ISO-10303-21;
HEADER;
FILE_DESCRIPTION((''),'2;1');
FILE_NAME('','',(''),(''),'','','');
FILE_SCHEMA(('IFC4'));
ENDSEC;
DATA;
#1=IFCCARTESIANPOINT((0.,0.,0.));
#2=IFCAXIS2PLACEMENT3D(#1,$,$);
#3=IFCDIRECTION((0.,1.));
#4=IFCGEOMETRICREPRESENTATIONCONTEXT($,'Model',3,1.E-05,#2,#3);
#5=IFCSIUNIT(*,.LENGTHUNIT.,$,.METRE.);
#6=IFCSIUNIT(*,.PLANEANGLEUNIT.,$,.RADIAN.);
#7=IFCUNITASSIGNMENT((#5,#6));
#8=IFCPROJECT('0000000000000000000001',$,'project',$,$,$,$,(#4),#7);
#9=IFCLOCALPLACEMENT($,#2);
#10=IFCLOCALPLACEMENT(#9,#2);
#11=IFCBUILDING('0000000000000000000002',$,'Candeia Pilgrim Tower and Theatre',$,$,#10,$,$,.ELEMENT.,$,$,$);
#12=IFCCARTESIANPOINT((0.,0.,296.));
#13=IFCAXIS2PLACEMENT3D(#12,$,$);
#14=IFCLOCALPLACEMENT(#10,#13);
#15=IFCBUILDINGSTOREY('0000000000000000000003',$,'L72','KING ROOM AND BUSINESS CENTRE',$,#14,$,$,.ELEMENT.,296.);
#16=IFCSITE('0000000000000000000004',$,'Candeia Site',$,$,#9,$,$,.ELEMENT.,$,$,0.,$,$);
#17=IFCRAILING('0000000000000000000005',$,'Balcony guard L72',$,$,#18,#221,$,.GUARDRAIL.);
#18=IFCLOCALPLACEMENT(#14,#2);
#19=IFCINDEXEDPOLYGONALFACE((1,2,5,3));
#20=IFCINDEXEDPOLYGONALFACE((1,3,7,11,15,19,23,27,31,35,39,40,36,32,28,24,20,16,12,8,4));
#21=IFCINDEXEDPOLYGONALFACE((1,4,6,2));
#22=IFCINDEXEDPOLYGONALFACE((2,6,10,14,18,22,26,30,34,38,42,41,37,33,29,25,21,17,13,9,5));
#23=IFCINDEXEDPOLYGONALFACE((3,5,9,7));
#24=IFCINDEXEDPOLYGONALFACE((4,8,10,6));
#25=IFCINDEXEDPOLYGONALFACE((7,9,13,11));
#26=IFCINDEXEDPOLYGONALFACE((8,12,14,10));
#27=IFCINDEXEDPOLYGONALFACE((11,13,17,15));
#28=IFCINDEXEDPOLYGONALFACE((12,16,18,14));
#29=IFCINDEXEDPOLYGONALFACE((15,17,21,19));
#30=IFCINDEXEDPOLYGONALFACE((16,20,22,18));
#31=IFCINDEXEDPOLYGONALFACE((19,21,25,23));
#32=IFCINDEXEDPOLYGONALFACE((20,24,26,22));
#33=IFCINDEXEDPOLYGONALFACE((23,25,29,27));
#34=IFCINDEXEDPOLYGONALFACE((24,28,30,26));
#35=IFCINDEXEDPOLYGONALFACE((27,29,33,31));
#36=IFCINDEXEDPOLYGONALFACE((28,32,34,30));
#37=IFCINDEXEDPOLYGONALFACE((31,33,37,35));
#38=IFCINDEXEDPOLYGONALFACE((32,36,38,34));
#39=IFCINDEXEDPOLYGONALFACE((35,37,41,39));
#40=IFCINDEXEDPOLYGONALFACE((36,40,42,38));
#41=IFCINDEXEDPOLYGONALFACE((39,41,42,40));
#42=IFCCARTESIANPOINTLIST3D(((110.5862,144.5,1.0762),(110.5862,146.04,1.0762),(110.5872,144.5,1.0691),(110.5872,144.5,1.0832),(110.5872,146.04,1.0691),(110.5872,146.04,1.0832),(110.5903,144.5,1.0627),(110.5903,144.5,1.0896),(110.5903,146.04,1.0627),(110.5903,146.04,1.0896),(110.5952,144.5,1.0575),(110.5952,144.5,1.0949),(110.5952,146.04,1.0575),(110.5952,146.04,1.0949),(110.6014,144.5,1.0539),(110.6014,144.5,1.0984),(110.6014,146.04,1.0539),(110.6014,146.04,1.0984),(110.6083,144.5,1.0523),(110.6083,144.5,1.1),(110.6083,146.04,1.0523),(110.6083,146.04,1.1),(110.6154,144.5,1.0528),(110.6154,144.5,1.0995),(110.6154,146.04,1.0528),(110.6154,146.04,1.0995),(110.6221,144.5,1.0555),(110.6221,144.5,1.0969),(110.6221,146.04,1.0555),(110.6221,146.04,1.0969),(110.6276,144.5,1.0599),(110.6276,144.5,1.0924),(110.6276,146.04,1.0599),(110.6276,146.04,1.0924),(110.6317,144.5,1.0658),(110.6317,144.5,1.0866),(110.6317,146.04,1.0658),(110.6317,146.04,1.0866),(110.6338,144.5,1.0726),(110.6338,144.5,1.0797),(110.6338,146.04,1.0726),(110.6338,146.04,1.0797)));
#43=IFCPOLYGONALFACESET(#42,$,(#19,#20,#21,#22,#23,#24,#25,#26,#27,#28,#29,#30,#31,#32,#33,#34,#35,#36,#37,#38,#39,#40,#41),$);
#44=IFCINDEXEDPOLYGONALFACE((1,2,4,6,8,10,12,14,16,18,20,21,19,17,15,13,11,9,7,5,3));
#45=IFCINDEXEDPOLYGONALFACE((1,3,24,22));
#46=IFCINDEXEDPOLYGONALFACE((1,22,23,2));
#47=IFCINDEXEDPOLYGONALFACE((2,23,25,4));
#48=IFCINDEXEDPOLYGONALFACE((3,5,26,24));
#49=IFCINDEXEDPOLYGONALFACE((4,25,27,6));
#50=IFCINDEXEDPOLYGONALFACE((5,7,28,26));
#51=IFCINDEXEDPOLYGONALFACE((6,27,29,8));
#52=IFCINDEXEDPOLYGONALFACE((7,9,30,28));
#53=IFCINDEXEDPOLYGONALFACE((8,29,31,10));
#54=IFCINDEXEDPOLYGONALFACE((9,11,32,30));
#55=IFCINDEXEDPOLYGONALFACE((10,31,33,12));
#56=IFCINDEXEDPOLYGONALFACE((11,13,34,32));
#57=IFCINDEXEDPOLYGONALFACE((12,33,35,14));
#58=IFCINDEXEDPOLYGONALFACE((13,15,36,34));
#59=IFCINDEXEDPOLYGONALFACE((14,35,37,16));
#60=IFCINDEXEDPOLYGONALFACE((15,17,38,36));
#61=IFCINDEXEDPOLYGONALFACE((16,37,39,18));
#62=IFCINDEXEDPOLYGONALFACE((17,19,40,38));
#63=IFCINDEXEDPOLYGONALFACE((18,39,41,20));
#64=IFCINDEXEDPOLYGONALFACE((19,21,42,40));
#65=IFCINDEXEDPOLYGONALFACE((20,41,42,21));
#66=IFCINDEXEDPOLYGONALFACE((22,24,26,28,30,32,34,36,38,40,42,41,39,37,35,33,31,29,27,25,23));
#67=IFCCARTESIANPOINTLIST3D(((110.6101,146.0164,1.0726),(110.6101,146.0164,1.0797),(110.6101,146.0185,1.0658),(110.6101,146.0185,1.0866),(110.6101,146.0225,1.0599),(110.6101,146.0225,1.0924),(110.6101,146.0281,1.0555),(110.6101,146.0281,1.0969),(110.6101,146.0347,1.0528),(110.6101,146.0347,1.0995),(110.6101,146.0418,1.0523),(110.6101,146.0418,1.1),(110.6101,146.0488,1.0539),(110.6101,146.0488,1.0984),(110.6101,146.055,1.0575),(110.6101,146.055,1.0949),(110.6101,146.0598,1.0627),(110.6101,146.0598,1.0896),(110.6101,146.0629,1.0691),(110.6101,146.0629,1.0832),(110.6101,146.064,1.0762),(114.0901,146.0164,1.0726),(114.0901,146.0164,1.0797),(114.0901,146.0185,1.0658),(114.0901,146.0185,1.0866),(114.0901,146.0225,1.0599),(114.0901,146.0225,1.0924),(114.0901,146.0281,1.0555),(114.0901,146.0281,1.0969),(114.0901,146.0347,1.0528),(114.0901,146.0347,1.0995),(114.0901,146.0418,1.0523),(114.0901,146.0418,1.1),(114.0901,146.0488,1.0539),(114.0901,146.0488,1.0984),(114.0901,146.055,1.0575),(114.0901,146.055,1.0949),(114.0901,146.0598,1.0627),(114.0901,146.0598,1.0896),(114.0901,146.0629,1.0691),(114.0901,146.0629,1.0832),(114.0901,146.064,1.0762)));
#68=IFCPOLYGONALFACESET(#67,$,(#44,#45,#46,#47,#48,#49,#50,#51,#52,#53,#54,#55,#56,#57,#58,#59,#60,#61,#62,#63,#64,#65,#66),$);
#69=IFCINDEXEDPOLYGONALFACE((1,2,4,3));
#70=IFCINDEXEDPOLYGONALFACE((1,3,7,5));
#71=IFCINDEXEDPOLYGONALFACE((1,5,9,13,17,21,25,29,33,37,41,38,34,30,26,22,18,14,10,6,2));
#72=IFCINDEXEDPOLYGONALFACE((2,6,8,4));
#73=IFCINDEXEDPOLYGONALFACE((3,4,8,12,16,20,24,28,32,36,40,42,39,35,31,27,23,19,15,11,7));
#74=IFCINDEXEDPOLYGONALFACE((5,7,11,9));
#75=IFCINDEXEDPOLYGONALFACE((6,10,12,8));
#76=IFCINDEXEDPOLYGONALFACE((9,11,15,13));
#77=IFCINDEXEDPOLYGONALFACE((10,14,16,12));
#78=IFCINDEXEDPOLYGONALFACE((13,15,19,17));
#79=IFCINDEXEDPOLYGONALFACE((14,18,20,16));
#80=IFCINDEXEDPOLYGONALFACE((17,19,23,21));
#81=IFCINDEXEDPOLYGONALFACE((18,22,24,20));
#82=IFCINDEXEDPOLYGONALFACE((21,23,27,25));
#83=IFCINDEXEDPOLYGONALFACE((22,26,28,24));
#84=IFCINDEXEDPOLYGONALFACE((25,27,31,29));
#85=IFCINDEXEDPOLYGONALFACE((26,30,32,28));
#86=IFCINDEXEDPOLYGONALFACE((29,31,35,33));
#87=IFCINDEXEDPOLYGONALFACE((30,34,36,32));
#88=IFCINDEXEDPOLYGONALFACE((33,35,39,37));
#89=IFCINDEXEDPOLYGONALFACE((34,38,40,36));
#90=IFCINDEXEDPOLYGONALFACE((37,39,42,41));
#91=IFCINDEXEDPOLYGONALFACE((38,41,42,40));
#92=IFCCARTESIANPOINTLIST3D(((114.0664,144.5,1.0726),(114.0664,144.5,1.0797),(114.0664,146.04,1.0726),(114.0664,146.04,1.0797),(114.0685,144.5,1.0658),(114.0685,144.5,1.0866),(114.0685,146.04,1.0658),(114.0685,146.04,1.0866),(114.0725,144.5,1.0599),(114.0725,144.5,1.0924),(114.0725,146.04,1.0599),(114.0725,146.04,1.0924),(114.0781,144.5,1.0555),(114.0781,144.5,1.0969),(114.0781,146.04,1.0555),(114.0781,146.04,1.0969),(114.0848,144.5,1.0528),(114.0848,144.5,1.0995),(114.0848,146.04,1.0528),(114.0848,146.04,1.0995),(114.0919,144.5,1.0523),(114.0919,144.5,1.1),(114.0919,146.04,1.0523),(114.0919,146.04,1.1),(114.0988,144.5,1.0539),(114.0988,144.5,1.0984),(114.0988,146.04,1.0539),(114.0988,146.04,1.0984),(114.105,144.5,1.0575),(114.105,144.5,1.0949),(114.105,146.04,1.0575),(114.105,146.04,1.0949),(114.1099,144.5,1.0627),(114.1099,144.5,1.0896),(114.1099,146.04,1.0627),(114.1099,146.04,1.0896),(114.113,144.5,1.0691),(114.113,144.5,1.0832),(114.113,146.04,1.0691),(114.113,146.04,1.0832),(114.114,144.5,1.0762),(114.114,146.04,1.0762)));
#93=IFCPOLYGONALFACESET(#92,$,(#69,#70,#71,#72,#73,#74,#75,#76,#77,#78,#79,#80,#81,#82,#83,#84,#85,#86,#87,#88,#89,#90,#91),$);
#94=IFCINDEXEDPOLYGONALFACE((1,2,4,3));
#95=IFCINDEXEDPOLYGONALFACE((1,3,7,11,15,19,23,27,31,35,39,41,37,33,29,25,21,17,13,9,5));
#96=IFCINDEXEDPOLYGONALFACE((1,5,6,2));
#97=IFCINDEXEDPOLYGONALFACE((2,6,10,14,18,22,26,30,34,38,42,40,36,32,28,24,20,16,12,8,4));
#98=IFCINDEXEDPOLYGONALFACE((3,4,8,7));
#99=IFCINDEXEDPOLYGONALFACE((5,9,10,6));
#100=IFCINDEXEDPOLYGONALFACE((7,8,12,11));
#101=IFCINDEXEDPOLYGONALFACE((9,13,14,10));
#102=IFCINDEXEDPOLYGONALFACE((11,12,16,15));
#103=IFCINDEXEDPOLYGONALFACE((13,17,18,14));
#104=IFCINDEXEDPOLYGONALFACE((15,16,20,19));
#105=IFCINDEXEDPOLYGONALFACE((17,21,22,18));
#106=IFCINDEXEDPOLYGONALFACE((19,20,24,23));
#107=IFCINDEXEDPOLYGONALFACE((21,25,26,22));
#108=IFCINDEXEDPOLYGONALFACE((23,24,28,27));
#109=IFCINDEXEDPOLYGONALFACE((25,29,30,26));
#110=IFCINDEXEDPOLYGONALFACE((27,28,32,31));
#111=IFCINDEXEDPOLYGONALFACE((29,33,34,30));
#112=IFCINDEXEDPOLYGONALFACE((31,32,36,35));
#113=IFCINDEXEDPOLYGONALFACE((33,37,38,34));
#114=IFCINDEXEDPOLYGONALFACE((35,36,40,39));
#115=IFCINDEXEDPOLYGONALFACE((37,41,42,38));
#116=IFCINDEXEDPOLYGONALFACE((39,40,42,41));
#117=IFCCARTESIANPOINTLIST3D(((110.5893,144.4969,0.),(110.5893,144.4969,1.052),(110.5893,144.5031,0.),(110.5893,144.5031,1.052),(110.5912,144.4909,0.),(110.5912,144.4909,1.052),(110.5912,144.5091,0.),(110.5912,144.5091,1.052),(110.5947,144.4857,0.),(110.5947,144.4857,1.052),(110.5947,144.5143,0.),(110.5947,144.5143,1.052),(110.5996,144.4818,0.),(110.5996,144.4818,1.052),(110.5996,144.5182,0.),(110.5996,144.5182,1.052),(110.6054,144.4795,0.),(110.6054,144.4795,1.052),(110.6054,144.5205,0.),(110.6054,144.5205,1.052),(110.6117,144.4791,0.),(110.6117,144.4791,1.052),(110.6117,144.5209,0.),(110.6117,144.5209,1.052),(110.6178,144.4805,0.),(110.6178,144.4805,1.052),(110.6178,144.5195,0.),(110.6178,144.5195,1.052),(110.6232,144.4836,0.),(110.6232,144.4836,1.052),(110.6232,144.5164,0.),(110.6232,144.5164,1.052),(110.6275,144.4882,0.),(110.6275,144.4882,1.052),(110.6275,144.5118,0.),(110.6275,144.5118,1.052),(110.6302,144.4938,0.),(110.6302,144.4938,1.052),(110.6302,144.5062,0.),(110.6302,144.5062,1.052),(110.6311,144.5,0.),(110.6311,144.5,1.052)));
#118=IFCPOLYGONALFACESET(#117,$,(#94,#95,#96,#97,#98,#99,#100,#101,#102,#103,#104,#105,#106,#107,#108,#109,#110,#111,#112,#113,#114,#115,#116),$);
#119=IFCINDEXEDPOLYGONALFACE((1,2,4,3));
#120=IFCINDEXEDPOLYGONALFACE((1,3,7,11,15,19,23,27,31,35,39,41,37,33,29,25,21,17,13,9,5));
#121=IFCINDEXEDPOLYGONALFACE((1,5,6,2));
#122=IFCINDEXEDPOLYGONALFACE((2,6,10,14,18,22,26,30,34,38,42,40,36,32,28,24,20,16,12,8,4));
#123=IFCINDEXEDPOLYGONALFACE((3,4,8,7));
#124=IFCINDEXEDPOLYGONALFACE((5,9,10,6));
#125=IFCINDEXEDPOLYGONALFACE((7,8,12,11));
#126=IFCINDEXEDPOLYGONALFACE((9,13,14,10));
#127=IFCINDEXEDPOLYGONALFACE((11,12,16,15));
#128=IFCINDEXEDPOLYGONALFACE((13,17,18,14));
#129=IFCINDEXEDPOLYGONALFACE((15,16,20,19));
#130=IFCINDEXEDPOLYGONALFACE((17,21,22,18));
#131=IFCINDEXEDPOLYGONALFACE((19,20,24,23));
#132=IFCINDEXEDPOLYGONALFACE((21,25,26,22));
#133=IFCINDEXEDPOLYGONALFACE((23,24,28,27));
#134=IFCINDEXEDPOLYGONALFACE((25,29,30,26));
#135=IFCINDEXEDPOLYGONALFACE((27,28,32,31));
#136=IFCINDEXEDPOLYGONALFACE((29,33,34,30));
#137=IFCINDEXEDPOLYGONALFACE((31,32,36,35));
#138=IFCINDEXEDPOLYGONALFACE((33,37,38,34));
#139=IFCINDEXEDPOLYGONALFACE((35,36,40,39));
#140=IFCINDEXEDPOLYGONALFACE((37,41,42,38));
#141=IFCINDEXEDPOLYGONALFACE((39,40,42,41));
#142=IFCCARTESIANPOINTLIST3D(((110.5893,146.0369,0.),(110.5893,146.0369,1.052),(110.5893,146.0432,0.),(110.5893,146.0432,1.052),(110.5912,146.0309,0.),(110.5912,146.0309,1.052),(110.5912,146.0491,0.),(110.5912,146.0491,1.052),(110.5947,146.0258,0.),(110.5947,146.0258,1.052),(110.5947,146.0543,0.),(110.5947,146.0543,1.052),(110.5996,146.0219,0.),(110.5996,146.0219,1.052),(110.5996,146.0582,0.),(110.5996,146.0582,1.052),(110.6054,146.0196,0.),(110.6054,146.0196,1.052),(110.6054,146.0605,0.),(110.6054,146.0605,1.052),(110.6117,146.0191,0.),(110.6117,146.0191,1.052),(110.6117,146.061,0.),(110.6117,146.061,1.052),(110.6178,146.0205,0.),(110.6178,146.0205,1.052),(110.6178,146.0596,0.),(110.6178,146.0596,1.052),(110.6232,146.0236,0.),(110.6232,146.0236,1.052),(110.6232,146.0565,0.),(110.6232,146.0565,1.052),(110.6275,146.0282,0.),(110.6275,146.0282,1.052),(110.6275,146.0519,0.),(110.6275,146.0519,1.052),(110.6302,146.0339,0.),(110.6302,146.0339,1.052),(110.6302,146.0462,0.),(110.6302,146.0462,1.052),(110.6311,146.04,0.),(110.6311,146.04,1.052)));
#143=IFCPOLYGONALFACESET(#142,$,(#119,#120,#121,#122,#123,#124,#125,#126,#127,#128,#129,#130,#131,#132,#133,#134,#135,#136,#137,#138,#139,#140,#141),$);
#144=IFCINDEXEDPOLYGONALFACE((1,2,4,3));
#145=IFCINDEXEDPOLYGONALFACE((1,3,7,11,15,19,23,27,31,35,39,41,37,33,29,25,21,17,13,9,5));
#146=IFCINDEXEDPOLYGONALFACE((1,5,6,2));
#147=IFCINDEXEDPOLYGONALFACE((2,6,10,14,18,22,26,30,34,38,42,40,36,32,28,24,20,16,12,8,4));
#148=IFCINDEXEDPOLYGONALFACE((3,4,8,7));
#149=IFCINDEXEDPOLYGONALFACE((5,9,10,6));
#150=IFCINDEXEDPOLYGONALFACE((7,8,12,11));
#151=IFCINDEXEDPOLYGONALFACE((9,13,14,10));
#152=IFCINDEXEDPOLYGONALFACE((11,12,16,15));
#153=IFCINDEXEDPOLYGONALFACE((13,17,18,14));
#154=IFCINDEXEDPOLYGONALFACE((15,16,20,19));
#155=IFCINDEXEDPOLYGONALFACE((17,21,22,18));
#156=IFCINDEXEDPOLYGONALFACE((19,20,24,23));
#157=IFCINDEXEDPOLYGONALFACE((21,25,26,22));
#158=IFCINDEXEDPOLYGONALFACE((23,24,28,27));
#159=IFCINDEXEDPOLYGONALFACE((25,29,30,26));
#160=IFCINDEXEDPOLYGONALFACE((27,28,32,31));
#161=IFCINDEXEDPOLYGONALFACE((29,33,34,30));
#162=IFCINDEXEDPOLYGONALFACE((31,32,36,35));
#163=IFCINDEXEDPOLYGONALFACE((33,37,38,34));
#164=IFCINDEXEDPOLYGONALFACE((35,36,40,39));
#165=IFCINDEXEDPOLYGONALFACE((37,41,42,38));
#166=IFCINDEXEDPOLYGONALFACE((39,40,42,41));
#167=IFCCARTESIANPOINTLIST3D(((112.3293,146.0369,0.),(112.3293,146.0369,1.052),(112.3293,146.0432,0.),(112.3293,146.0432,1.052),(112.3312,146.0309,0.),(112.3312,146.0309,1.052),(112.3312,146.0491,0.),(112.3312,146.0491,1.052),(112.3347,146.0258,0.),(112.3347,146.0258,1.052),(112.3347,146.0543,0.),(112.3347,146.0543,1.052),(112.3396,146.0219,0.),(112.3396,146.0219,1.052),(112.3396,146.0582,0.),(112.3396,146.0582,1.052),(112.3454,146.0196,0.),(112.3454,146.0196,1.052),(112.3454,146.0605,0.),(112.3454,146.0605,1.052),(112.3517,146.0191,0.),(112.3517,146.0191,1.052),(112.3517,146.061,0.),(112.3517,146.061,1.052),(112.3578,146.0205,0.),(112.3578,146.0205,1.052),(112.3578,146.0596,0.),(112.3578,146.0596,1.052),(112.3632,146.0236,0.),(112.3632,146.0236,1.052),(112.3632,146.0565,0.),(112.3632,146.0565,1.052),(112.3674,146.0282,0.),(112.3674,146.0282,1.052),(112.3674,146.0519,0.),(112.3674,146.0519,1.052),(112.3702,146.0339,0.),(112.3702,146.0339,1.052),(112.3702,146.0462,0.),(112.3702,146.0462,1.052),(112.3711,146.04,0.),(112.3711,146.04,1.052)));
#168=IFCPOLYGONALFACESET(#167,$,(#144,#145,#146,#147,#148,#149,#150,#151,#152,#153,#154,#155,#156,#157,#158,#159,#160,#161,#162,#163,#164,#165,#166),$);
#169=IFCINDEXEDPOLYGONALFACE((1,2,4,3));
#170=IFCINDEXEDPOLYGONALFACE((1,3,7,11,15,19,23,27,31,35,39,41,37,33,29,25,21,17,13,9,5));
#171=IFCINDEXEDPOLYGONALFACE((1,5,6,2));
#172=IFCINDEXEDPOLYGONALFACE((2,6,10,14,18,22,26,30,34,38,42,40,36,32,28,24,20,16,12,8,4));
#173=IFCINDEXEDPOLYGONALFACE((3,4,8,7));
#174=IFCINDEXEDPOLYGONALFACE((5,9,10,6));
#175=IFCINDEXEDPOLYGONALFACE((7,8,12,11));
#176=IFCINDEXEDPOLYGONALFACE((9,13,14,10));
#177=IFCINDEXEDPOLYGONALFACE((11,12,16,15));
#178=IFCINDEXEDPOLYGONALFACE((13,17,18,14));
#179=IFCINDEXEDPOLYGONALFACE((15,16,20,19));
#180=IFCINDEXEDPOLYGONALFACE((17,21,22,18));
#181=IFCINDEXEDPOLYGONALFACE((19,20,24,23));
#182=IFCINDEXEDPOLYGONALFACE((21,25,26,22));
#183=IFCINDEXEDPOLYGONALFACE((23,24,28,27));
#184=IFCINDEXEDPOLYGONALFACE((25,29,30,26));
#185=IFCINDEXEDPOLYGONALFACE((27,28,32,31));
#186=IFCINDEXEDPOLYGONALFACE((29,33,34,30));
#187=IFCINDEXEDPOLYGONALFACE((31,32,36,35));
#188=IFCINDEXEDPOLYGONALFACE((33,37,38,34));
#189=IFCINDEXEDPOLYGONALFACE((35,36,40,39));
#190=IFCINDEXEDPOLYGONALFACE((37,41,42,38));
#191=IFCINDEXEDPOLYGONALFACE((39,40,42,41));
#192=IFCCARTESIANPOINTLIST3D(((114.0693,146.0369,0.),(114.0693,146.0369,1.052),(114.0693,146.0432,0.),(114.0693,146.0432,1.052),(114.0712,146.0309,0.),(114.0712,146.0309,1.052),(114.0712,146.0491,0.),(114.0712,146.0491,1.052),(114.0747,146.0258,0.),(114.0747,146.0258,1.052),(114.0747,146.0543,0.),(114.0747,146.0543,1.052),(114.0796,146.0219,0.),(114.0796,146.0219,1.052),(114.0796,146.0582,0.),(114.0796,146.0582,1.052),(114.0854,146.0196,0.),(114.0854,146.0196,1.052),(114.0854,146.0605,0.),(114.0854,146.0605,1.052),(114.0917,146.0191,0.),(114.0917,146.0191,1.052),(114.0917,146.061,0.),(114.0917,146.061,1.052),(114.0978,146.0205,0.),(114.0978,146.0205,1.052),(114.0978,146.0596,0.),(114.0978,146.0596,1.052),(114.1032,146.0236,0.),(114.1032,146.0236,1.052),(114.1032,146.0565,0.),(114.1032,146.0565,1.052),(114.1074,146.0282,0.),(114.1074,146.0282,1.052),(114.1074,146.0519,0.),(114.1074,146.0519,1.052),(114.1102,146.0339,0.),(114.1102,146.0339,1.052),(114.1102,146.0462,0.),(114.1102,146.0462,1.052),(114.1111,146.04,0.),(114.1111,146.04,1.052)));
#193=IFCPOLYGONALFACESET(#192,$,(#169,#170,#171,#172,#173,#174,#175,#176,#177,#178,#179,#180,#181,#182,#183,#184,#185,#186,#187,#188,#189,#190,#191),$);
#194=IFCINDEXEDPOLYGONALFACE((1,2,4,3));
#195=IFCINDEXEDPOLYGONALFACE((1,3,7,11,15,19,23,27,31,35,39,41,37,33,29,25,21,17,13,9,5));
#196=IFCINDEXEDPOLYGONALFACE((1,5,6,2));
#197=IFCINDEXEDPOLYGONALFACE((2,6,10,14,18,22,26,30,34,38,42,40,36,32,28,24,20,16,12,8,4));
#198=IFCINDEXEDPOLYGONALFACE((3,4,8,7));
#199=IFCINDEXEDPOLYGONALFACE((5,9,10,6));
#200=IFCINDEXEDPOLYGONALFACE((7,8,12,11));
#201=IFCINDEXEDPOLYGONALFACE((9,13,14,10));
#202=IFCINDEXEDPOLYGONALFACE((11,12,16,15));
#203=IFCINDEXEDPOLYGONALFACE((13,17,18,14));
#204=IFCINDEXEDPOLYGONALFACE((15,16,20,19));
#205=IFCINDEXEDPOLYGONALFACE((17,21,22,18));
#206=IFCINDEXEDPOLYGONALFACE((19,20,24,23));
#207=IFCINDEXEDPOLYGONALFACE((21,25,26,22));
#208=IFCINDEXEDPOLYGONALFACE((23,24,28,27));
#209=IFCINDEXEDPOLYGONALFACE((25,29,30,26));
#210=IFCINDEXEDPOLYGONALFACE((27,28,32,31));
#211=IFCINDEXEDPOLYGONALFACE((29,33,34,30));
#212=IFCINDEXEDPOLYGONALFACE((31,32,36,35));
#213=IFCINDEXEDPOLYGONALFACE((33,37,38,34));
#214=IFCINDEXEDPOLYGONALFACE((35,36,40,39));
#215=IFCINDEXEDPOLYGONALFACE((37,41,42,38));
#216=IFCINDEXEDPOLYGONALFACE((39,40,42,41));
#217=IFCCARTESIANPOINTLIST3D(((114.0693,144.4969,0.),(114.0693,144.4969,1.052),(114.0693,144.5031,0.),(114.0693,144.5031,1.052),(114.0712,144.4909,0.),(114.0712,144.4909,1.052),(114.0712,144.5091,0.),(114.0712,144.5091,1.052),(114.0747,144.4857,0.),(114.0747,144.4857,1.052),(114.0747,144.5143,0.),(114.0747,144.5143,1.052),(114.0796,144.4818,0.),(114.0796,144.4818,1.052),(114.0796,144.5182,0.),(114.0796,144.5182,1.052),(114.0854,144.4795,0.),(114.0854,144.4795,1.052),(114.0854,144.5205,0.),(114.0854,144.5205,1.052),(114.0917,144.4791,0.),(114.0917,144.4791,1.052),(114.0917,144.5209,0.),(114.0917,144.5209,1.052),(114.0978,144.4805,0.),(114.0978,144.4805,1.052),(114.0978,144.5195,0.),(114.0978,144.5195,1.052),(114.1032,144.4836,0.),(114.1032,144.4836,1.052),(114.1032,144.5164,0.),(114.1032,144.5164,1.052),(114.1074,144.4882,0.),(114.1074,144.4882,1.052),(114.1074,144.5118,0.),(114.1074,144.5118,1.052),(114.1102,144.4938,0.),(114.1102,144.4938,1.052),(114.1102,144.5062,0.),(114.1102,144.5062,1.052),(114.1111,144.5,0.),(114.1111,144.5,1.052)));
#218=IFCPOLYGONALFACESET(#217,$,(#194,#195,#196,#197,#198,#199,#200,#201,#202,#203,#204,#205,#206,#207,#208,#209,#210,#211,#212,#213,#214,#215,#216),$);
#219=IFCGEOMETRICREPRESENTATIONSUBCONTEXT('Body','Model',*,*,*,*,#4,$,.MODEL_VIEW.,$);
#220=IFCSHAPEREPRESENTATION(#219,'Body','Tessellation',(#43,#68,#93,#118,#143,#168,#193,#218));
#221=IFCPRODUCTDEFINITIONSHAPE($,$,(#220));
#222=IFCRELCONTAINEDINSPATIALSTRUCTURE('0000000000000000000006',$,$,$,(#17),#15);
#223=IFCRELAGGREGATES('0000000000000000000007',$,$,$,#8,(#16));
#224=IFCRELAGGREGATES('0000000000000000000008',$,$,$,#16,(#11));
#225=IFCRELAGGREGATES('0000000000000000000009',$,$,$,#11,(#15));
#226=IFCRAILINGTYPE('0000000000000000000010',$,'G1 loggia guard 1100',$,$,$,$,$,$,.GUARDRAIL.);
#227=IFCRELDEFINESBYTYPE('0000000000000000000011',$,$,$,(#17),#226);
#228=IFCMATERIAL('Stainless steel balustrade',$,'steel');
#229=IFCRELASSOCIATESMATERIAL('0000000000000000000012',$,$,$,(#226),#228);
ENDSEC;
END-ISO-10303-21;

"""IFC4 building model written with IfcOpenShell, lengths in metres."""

from ifc_helpers import new_model, si_unit, direction, frame, origin, origin_2d, place, context, subcontext, project, spatial, circle, extrude, material, type_object, element, save


model = new_model("IFC4")

# Units and contexts
model_context = context("Model", 3, precision=1e-05, world=origin(), true_north=direction((0.0, 1.0)))
body_context = subcontext(model_context, "Body", "Model", "MODEL_VIEW")
ifc_project = project(units=[si_unit("LENGTHUNIT", "METRE"), si_unit("PLANEANGLEUNIT", "RADIAN")], contexts=[model_context])

# Site, building, storey
site_placement = place(None, origin())
site = spatial("IfcSite", under=ifc_project, at=site_placement, Name="Candeia Site", CompositionType="ELEMENT", RefElevation=0.0)
building_placement = place(site_placement, origin())
building = spatial("IfcBuilding", under=site, at=building_placement, Name="Candeia Pilgrim Tower and Theatre", CompositionType="ELEMENT")
storey_placement = place(building_placement, frame((0.0, 0.0, 296.0)))
storey = spatial("IfcBuildingStorey", under=building, at=storey_placement, Name="L72", Description="KING ROOM AND BUSINESS CENTRE", CompositionType="ELEMENT", Elevation=296.0)

# Railing
ifc_material_1 = material(Name="Stainless steel balustrade", Category="steel")
railing_type = type_object("IfcRailingType", Name="G1 loggia guard 1100", PredefinedType="GUARDRAIL", material=ifc_material_1)
railing_placement = place(storey_placement, frame((110.6101, 144.5, 0.0)))
element("IfcRailing", 1, at=railing_placement, inside=storey, type_object=railing_type, Name="Balcony guard L72", PredefinedType="GUARDRAIL", context=body_context, shape_type="SweptSolid", body=[
    extrude(circle(Radius=0.0239, at=origin_2d()), frame((0.0, 0.0, 1.0762), z_axis=(0.0, 1.0, 0.0), x_axis=(-1.0, 0.0, 0.0)), (0.0, 0.0, 1.0), 1.54),
    extrude(circle(Radius=0.0239, at=origin_2d()), frame((0.0, 1.54, 1.0762), z_axis=(1.0, 0.0, 0.0), x_axis=(0.0, 1.0, 0.0)), (0.0, 0.0, 1.0), 3.48),
    extrude(circle(Radius=0.0239, at=origin_2d()), frame((3.48, 1.54, 1.0762), z_axis=(0.0, -1.0, 0.0), x_axis=(1.0, 0.0, 0.0)), (0.0, 0.0, 1.0), 1.54),
    extrude(circle(Radius=0.021, at=origin_2d()), origin(), (0.0, 0.0, 1.0), 1.052),
    extrude(circle(Radius=0.021, at=origin_2d()), frame((0.0, 1.54, 0.0)), (0.0, 0.0, 1.0), 1.052),
    extrude(circle(Radius=0.021, at=origin_2d()), frame((1.74, 1.54, 0.0)), (0.0, 0.0, 1.0), 1.052),
    extrude(circle(Radius=0.021, at=origin_2d()), frame((3.48, 1.54, 0.0)), (0.0, 0.0, 1.0), 1.052),
    extrude(circle(Radius=0.021, at=origin_2d()), frame((3.48, 0.0, 0.0)), (0.0, 0.0, 1.0), 1.052),
])

save(model, "model.ifc")
